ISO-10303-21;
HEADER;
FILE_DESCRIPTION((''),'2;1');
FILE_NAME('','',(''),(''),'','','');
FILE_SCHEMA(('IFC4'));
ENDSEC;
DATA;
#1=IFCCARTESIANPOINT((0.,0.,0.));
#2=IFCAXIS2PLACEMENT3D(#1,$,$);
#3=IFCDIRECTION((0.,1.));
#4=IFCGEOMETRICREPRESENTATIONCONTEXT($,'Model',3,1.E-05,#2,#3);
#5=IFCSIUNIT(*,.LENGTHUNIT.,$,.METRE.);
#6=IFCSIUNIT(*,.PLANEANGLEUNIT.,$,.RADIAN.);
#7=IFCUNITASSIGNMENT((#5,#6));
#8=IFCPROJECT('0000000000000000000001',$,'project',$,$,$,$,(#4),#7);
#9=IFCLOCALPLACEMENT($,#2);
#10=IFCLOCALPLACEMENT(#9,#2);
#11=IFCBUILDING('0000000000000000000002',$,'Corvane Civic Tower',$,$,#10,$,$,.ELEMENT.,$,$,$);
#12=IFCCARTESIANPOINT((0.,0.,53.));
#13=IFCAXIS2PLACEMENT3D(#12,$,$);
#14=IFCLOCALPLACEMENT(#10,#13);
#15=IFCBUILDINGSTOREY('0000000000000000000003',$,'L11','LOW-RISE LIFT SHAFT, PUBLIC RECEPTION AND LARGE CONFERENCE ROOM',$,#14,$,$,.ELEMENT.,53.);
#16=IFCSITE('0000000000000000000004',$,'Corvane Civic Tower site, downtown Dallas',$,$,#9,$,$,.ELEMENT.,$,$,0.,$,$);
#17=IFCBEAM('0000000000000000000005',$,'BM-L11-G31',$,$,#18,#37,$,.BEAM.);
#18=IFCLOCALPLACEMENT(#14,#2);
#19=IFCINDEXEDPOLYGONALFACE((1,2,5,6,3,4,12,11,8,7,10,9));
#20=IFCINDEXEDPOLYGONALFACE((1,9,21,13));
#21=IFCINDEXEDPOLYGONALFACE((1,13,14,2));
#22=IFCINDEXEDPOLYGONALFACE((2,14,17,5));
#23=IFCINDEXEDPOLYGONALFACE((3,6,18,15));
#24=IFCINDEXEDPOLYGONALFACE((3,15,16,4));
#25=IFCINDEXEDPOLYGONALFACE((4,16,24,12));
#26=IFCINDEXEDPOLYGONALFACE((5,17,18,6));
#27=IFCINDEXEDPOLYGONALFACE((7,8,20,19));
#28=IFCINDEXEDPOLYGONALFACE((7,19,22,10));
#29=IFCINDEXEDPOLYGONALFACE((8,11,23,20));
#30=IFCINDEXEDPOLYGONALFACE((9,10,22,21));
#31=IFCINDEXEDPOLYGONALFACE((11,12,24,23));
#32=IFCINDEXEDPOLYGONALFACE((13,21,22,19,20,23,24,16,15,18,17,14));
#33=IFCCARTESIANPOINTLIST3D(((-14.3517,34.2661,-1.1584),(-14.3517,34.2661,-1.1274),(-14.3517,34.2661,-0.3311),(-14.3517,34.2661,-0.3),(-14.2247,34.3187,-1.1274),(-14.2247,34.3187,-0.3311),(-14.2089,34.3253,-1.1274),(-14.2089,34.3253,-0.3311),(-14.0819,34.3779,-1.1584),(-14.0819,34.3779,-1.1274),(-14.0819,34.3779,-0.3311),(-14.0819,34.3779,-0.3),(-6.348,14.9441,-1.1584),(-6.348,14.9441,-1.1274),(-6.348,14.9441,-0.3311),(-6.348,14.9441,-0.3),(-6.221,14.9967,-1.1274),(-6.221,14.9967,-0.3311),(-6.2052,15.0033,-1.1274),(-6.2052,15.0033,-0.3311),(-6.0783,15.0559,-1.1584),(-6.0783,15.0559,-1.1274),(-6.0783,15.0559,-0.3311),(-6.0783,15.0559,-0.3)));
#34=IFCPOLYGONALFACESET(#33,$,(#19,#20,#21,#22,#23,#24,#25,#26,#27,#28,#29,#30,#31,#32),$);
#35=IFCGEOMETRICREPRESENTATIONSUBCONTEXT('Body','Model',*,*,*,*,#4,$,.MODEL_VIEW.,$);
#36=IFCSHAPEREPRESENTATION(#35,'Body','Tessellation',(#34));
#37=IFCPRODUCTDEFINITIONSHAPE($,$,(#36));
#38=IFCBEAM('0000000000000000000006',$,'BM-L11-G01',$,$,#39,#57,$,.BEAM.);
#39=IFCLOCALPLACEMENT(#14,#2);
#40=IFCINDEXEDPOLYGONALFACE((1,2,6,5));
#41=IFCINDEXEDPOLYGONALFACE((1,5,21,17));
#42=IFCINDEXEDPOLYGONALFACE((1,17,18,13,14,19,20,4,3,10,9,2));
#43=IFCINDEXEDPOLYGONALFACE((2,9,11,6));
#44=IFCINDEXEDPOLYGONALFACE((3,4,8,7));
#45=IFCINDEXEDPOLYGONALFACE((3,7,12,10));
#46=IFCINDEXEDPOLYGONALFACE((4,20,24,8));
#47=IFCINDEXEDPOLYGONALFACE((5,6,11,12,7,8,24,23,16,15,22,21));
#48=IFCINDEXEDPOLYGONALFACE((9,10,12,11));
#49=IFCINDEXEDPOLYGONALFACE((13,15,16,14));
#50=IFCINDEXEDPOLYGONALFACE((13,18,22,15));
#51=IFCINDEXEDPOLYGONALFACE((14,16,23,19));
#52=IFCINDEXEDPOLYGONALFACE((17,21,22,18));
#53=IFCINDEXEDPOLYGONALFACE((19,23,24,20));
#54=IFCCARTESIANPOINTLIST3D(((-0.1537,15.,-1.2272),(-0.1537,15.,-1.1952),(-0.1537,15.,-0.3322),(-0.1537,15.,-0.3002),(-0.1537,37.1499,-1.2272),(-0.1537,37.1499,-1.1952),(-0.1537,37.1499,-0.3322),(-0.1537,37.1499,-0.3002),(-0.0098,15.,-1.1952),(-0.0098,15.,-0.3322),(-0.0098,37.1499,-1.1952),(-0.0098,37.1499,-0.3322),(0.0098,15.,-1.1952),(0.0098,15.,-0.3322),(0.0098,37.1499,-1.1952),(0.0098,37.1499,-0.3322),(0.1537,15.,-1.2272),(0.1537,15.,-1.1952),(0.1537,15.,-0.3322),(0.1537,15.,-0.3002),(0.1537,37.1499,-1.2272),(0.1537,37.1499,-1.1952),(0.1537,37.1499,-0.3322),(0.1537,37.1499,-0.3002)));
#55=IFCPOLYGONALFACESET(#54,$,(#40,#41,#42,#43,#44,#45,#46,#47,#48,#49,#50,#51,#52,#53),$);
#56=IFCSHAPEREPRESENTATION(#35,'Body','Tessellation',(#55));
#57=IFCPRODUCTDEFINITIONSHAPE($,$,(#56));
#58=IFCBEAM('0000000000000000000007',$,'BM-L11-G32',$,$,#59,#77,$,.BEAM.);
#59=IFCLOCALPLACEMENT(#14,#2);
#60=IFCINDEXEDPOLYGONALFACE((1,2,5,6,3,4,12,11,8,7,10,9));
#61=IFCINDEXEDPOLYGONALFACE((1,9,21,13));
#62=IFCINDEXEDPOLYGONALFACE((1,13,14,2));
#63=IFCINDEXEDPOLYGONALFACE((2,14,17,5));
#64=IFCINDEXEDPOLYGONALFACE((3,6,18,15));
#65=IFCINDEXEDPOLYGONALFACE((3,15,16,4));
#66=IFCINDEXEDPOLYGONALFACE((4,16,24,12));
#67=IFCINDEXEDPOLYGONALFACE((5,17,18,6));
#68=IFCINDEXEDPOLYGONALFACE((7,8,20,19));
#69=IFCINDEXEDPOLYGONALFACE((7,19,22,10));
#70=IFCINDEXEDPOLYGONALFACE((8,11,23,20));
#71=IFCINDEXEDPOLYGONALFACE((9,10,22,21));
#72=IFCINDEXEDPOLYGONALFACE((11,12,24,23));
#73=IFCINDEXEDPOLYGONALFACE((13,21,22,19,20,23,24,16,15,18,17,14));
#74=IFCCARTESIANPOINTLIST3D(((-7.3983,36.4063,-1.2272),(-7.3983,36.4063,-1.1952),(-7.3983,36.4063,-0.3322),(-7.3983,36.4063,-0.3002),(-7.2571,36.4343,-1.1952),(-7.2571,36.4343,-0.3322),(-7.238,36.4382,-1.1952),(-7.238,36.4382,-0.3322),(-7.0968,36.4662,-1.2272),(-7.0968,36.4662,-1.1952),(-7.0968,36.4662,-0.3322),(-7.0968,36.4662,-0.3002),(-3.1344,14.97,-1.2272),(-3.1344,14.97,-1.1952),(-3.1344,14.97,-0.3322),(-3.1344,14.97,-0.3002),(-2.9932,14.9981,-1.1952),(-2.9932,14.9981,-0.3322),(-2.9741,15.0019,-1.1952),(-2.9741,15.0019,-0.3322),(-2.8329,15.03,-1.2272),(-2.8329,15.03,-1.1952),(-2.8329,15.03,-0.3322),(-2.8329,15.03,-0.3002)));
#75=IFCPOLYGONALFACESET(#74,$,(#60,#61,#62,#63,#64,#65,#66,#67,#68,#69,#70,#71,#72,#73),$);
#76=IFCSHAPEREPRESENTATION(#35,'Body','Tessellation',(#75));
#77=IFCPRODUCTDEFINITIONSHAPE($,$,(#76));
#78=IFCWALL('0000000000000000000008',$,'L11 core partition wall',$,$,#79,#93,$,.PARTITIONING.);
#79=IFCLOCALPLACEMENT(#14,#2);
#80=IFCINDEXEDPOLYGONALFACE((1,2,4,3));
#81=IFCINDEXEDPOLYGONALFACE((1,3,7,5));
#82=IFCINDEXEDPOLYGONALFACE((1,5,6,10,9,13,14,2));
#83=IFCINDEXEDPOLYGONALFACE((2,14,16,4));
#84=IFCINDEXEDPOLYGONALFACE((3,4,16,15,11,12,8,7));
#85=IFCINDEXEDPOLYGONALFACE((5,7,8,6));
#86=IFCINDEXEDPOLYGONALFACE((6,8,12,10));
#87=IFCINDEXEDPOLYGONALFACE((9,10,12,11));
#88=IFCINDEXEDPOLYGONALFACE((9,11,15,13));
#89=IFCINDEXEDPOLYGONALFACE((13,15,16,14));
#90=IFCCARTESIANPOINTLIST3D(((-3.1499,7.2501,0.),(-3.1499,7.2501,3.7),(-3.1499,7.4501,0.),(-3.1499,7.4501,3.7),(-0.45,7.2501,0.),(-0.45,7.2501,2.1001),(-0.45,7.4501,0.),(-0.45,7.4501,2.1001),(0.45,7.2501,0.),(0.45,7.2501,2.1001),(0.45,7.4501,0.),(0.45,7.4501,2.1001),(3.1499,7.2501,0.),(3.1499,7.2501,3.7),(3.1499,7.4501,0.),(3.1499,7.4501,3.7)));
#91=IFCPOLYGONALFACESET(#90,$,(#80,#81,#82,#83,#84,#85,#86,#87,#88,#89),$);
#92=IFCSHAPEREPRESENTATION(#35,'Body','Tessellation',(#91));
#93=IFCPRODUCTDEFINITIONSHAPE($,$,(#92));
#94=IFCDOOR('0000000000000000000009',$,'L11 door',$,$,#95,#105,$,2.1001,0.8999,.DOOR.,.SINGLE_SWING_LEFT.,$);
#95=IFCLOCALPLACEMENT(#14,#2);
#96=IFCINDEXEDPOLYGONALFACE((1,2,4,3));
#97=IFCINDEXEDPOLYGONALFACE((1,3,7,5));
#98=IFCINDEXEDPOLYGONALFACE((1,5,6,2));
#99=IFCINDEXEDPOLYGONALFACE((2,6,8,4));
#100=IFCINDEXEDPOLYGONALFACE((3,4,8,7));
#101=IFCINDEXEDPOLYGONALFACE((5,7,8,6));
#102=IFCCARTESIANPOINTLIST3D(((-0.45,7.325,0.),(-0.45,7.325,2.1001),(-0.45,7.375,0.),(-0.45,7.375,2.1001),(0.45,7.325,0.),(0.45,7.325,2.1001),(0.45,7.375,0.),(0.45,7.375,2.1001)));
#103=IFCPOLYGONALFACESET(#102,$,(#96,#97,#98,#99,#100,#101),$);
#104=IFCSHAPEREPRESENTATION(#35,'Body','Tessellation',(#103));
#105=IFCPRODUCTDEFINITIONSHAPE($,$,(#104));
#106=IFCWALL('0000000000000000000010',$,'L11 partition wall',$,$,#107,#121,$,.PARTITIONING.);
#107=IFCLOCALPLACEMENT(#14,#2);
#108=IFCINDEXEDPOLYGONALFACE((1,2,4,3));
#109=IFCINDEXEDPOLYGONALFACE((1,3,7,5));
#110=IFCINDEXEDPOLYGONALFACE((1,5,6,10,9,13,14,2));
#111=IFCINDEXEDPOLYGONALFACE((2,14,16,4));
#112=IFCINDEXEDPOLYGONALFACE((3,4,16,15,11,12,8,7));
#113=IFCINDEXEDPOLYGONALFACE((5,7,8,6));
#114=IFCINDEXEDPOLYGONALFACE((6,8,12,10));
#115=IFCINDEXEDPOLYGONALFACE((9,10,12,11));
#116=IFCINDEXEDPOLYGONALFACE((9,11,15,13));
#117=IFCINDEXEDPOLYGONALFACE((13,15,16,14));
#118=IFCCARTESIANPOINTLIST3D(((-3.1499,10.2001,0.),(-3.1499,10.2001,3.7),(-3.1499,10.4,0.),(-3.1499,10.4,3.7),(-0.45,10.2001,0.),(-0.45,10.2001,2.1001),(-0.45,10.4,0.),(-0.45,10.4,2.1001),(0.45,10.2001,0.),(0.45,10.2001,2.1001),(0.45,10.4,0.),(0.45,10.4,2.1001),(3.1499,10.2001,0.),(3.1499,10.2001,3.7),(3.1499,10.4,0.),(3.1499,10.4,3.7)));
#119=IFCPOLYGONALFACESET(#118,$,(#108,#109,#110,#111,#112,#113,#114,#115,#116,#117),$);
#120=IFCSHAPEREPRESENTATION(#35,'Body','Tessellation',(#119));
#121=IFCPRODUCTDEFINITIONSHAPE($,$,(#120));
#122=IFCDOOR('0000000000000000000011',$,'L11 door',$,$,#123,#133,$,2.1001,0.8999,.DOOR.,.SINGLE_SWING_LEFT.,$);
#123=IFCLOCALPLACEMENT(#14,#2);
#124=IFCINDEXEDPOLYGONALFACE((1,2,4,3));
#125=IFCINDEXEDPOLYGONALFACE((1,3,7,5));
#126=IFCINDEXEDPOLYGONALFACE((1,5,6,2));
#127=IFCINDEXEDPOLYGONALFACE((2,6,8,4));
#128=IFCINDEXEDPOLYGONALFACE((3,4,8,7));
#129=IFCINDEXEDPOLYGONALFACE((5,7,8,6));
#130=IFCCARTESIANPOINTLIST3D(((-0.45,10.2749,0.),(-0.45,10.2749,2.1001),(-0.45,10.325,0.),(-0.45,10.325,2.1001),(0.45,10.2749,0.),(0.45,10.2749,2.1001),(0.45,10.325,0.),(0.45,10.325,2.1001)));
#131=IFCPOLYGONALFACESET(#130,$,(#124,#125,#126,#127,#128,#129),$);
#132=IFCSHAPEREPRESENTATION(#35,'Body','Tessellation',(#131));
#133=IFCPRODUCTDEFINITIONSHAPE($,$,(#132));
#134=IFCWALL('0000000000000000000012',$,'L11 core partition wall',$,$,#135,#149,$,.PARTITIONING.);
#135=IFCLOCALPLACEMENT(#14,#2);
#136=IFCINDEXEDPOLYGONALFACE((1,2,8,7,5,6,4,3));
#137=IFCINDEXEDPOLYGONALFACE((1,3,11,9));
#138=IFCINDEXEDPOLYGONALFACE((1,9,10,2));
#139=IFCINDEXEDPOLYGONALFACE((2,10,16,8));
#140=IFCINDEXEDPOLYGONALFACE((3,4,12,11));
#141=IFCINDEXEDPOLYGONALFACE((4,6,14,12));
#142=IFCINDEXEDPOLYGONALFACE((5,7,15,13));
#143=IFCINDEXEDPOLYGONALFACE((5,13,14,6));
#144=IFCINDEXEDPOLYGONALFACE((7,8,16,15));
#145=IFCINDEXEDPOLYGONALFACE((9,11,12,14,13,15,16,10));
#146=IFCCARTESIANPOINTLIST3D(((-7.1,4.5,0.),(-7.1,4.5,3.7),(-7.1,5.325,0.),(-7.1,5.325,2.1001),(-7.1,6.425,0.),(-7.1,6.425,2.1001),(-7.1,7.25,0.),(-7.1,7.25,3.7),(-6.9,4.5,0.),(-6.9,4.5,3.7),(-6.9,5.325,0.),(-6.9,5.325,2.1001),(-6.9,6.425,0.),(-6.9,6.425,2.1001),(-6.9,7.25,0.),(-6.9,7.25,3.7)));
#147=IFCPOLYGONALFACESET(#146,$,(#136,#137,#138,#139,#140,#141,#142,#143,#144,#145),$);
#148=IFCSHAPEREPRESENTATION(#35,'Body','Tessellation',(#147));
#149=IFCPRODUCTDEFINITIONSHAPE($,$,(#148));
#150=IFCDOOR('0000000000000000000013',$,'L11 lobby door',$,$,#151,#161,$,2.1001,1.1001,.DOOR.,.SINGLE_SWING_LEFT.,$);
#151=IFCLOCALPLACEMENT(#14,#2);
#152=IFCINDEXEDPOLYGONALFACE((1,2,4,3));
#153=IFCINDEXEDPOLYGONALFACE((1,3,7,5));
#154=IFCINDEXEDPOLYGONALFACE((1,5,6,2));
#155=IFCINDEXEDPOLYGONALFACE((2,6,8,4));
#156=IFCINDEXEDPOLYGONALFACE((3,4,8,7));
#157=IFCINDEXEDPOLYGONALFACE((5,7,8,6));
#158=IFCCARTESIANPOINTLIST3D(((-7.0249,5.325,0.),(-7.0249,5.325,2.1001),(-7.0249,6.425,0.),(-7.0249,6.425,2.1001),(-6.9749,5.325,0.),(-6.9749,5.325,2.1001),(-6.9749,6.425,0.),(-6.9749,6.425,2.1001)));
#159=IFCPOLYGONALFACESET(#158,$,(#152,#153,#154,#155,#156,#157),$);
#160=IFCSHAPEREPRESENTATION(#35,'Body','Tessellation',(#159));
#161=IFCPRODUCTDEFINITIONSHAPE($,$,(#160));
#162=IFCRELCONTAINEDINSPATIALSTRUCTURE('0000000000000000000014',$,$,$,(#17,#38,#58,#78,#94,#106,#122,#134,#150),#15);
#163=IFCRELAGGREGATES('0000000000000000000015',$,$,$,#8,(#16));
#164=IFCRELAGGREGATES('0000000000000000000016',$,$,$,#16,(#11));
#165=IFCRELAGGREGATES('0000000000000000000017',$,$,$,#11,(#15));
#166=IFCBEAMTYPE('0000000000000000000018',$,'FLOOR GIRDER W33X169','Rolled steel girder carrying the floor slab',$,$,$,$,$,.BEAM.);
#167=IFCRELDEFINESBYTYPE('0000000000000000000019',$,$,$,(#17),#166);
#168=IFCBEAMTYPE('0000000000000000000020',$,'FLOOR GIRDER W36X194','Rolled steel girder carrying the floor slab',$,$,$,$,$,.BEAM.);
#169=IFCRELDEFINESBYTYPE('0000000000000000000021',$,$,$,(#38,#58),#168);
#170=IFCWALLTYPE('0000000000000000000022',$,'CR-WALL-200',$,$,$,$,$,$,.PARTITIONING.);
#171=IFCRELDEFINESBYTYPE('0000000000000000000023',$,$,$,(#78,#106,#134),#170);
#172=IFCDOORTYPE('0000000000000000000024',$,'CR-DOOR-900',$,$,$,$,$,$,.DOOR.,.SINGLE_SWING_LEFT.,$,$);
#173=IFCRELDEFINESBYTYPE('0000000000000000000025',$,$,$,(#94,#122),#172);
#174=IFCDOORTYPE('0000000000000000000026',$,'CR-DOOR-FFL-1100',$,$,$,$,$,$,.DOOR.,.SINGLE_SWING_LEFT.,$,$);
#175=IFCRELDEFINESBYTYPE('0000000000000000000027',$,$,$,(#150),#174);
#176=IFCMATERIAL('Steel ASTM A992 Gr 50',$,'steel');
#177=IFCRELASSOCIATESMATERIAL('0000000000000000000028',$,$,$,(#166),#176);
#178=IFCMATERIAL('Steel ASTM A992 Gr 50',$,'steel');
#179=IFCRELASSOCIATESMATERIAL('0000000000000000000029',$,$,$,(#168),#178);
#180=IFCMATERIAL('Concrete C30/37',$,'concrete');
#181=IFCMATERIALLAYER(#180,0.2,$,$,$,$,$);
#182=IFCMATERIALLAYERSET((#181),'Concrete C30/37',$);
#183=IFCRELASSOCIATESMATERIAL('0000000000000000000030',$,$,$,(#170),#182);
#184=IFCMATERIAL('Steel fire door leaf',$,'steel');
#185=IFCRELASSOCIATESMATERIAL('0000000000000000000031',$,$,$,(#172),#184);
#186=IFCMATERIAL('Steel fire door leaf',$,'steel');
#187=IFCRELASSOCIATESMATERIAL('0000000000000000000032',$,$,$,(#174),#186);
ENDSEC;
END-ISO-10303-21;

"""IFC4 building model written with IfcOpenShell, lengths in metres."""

from ifc_helpers import new_model, si_unit, direction, frame, frame_2d, origin, origin_2d, place, context, subcontext, project, spatial, rectangle, i_section, extrude, material, layer, layer_set, material_profile, profile_set, type_object, element, fill, save


model = new_model("IFC4")

# Units and contexts
model_context = context("Model", 3, precision=1e-05, world=origin(), true_north=direction((0.0, 1.0)))
body_context = subcontext(model_context, "Body", "Model", "MODEL_VIEW")
ifc_project = project(units=[si_unit("LENGTHUNIT", "METRE"), si_unit("PLANEANGLEUNIT", "RADIAN")], contexts=[model_context])

# Site, building, storey
site_placement = place(None, origin())
site = spatial("IfcSite", under=ifc_project, at=site_placement, Name="Corvane Civic Tower site, downtown Dallas", CompositionType="ELEMENT", RefElevation=0.0)
building_placement = place(site_placement, origin())
building = spatial("IfcBuilding", under=site, at=building_placement, Name="Corvane Civic Tower", CompositionType="ELEMENT")
storey_placement = place(building_placement, frame((0.0, 0.0, 53.0)))
storey = spatial("IfcBuildingStorey", under=building, at=storey_placement, Name="L11", Description="LOW-RISE LIFT SHAFT, PUBLIC RECEPTION AND LARGE CONFERENCE ROOM", CompositionType="ELEMENT", Elevation=53.0)

# Beams
ifc_material_1 = material(Name="Steel ASTM A992 Gr 50", Category="steel")
ifc_material_profile_1 = material_profile(ifc_material_1, i_section(OverallWidth=0.292, OverallDepth=0.8584, WebThickness=0.0171, FlangeThickness=0.031, at=origin_2d()), Name="W33X169")
ifc_profile_set_1 = profile_set([ifc_material_profile_1], Name="Steel ASTM A992 Gr 50")
beam_type_1 = type_object("IfcBeamType", Name="FLOOR GIRDER W33X169", Description="Rolled steel girder carrying the floor slab", PredefinedType="BEAM", material=ifc_profile_set_1)
beam_1_placement = place(storey_placement, frame((-6.2131, 15.0, -0.7292), z_axis=(-0.382692, 0.923876, 0.0), x_axis=(-0.923876, -0.382692, 0.0)))
element("IfcBeam", 1, at=beam_1_placement, inside=storey, type_object=beam_type_1, Name="BM-L11-G31", PredefinedType="BEAM", context=body_context, shape_type="SweptSolid", body=[
    extrude(i_section(OverallWidth=0.292, OverallDepth=0.8584, WebThickness=0.0171, FlangeThickness=0.031, at=origin_2d()), origin(), (0.0, 0.0, 1.0), 20.9141),
])
ifc_material_2 = material(Name="Steel ASTM A992 Gr 50", Category="steel")
ifc_material_profile_2 = material_profile(ifc_material_2, i_section(OverallWidth=0.3074, OverallDepth=0.927, WebThickness=0.0195, FlangeThickness=0.032, at=origin_2d()), Name="W36X194")
ifc_profile_set_2 = profile_set([ifc_material_profile_2], Name="Steel ASTM A992 Gr 50")
beam_type_2 = type_object("IfcBeamType", Name="FLOOR GIRDER W36X194", Description="Rolled steel girder carrying the floor slab", PredefinedType="BEAM", material=ifc_profile_set_2)
beam_2_placement = place(storey_placement, frame((0.0, 15.0, -0.7637), z_axis=(0.0, 1.0, 0.0), x_axis=(-1.0, 0.0, 0.0)))
element("IfcBeam", 2, at=beam_2_placement, inside=storey, type_object=beam_type_2, Name="BM-L11-G01", PredefinedType="BEAM", context=body_context, shape_type="SweptSolid", body=[
    extrude(i_section(OverallWidth=0.3074, OverallDepth=0.927, WebThickness=0.0195, FlangeThickness=0.032, at=origin_2d()), origin(), (0.0, 0.0, 1.0), 22.1499),
])
beam_3_placement = place(storey_placement, frame((-2.9836, 15.0, -0.7637), z_axis=(-0.195089, 0.980785, 0.0), x_axis=(-0.980785, -0.195089, 0.0)))
element("IfcBeam", 3, at=beam_3_placement, inside=storey, type_object=beam_type_2, Name="BM-L11-G32", PredefinedType="BEAM", context=body_context, shape_type="SweptSolid", body=[
    extrude(i_section(OverallWidth=0.3074, OverallDepth=0.927, WebThickness=0.0195, FlangeThickness=0.032, at=origin_2d()), origin(), (0.0, 0.0, 1.0), 21.8562),
])

# Walls, openings, doors
ifc_material_3 = material(Name="Concrete C30/37", Category="concrete")
ifc_layer_1 = layer(ifc_material_3, 0.2)
ifc_layer_set_1 = layer_set([ifc_layer_1], Name="Concrete C30/37")
wall_type = type_object("IfcWallType", Name="CR-WALL-200", PredefinedType="PARTITIONING", material=ifc_layer_set_1)
wall_1_placement = place(storey_placement, frame((-3.1499, 7.3501, 0.0), z_axis=(0.0, 0.0, 1.0), x_axis=(1.0, 0.0, 0.0)))
wall_1 = element("IfcWall", 4, at=wall_1_placement, inside=storey, type_object=wall_type, Name="L11 core partition wall", PredefinedType="PARTITIONING", context=body_context, shape_type="SweptSolid", body=[
    extrude(rectangle(XDim=6.2998, YDim=0.2, at=frame_2d((3.1499, 0.0))), origin(), (0.0, 0.0, 1.0), 3.7),
])
opening_1_placement = place(wall_1_placement, frame((2.7, 0.0, 0.0)))
opening_1 = element("IfcOpeningElement", 5, at=opening_1_placement, cuts=wall_1, PredefinedType="OPENING", context=body_context, shape_type="SweptSolid", body=[
    extrude(rectangle(XDim=0.8999, YDim=2.1001, at=frame_2d((0.45, 1.05))), frame((0.0, 0.1099, 0.0), z_axis=(0.0, -1.0, 0.0), x_axis=(1.0, 0.0, 0.0)), (0.0, 0.0, 1.0), 0.22),
])
ifc_material_4 = material(Name="Steel fire door leaf", Category="steel")
door_type_1 = type_object("IfcDoorType", Name="CR-DOOR-900", OperationType="SINGLE_SWING_LEFT", PredefinedType="DOOR", material=ifc_material_4)
door_1_placement = place(opening_1_placement, origin())
door_1 = element("IfcDoor", 6, at=door_1_placement, inside=storey, type_object=door_type_1, Name="L11 door", OperationType="SINGLE_SWING_LEFT", OverallHeight=2.1001, OverallWidth=0.8999, PredefinedType="DOOR", context=body_context, shape_type="SweptSolid", body=[
    extrude(rectangle(XDim=0.8999, YDim=2.1001, at=frame_2d((0.45, 1.05))), frame((0.0, 0.0249, 0.0), z_axis=(0.0, -1.0, 0.0), x_axis=(1.0, 0.0, 0.0)), (0.0, 0.0, 1.0), 0.05),
])
fill(opening_1, door_1)
wall_2_placement = place(storey_placement, frame((-3.1499, 10.3, 0.0), z_axis=(0.0, 0.0, 1.0), x_axis=(1.0, 0.0, 0.0)))
wall_2 = element("IfcWall", 7, at=wall_2_placement, inside=storey, type_object=wall_type, Name="L11 partition wall", PredefinedType="PARTITIONING", context=body_context, shape_type="SweptSolid", body=[
    extrude(rectangle(XDim=6.2998, YDim=0.2, at=frame_2d((3.1499, 0.0))), origin(), (0.0, 0.0, 1.0), 3.7),
])
opening_2_placement = place(wall_2_placement, frame((2.7, 0.0, 0.0)))
opening_2 = element("IfcOpeningElement", 8, at=opening_2_placement, cuts=wall_2, PredefinedType="OPENING", context=body_context, shape_type="SweptSolid", body=[
    extrude(rectangle(XDim=0.8999, YDim=2.1001, at=frame_2d((0.45, 1.05))), frame((0.0, 0.1099, 0.0), z_axis=(0.0, -1.0, 0.0), x_axis=(1.0, 0.0, 0.0)), (0.0, 0.0, 1.0), 0.22),
])
door_2_placement = place(opening_2_placement, origin())
door_2 = element("IfcDoor", 9, at=door_2_placement, inside=storey, type_object=door_type_1, Name="L11 door", OperationType="SINGLE_SWING_LEFT", OverallHeight=2.1001, OverallWidth=0.8999, PredefinedType="DOOR", context=body_context, shape_type="SweptSolid", body=[
    extrude(rectangle(XDim=0.8999, YDim=2.1001, at=frame_2d((0.45, 1.05))), frame((0.0, 0.0249, 0.0), z_axis=(0.0, -1.0, 0.0), x_axis=(1.0, 0.0, 0.0)), (0.0, 0.0, 1.0), 0.05),
])
fill(opening_2, door_2)
wall_3_placement = place(storey_placement, frame((-7.0, 4.5, 0.0), z_axis=(0.0, 0.0, 1.0), x_axis=(0.0, 1.0, 0.0)))
wall_3 = element("IfcWall", 10, at=wall_3_placement, inside=storey, type_object=wall_type, Name="L11 core partition wall", PredefinedType="PARTITIONING", context=body_context, shape_type="SweptSolid", body=[
    extrude(rectangle(XDim=2.75, YDim=0.2, at=frame_2d((1.375, 0.0))), origin(), (0.0, 0.0, 1.0), 3.7),
])
opening_3_placement = place(wall_3_placement, frame((0.825, 0.0, 0.0)))
opening_3 = element("IfcOpeningElement", 11, at=opening_3_placement, cuts=wall_3, PredefinedType="OPENING", context=body_context, shape_type="SweptSolid", body=[
    extrude(rectangle(XDim=1.1001, YDim=2.1001, at=frame_2d((0.55, 1.05))), frame((0.0, 0.1099, 0.0), z_axis=(0.0, -1.0, 0.0), x_axis=(1.0, 0.0, 0.0)), (0.0, 0.0, 1.0), 0.22),
])
ifc_material_5 = material(Name="Steel fire door leaf", Category="steel")
door_type_2 = type_object("IfcDoorType", Name="CR-DOOR-FFL-1100", OperationType="SINGLE_SWING_LEFT", PredefinedType="DOOR", material=ifc_material_5)
door_3_placement = place(opening_3_placement, origin())
door_3 = element("IfcDoor", 12, at=door_3_placement, inside=storey, type_object=door_type_2, Name="L11 lobby door", OperationType="SINGLE_SWING_LEFT", OverallHeight=2.1001, OverallWidth=1.1001, PredefinedType="DOOR", context=body_context, shape_type="SweptSolid", body=[
    extrude(rectangle(XDim=1.1001, YDim=2.1001, at=frame_2d((0.55, 1.05))), frame((0.0, 0.0249, 0.0), z_axis=(0.0, -1.0, 0.0), x_axis=(1.0, 0.0, 0.0)), (0.0, 0.0, 1.0), 0.05),
])
fill(opening_3, door_3)

save(model, "model.ifc")
